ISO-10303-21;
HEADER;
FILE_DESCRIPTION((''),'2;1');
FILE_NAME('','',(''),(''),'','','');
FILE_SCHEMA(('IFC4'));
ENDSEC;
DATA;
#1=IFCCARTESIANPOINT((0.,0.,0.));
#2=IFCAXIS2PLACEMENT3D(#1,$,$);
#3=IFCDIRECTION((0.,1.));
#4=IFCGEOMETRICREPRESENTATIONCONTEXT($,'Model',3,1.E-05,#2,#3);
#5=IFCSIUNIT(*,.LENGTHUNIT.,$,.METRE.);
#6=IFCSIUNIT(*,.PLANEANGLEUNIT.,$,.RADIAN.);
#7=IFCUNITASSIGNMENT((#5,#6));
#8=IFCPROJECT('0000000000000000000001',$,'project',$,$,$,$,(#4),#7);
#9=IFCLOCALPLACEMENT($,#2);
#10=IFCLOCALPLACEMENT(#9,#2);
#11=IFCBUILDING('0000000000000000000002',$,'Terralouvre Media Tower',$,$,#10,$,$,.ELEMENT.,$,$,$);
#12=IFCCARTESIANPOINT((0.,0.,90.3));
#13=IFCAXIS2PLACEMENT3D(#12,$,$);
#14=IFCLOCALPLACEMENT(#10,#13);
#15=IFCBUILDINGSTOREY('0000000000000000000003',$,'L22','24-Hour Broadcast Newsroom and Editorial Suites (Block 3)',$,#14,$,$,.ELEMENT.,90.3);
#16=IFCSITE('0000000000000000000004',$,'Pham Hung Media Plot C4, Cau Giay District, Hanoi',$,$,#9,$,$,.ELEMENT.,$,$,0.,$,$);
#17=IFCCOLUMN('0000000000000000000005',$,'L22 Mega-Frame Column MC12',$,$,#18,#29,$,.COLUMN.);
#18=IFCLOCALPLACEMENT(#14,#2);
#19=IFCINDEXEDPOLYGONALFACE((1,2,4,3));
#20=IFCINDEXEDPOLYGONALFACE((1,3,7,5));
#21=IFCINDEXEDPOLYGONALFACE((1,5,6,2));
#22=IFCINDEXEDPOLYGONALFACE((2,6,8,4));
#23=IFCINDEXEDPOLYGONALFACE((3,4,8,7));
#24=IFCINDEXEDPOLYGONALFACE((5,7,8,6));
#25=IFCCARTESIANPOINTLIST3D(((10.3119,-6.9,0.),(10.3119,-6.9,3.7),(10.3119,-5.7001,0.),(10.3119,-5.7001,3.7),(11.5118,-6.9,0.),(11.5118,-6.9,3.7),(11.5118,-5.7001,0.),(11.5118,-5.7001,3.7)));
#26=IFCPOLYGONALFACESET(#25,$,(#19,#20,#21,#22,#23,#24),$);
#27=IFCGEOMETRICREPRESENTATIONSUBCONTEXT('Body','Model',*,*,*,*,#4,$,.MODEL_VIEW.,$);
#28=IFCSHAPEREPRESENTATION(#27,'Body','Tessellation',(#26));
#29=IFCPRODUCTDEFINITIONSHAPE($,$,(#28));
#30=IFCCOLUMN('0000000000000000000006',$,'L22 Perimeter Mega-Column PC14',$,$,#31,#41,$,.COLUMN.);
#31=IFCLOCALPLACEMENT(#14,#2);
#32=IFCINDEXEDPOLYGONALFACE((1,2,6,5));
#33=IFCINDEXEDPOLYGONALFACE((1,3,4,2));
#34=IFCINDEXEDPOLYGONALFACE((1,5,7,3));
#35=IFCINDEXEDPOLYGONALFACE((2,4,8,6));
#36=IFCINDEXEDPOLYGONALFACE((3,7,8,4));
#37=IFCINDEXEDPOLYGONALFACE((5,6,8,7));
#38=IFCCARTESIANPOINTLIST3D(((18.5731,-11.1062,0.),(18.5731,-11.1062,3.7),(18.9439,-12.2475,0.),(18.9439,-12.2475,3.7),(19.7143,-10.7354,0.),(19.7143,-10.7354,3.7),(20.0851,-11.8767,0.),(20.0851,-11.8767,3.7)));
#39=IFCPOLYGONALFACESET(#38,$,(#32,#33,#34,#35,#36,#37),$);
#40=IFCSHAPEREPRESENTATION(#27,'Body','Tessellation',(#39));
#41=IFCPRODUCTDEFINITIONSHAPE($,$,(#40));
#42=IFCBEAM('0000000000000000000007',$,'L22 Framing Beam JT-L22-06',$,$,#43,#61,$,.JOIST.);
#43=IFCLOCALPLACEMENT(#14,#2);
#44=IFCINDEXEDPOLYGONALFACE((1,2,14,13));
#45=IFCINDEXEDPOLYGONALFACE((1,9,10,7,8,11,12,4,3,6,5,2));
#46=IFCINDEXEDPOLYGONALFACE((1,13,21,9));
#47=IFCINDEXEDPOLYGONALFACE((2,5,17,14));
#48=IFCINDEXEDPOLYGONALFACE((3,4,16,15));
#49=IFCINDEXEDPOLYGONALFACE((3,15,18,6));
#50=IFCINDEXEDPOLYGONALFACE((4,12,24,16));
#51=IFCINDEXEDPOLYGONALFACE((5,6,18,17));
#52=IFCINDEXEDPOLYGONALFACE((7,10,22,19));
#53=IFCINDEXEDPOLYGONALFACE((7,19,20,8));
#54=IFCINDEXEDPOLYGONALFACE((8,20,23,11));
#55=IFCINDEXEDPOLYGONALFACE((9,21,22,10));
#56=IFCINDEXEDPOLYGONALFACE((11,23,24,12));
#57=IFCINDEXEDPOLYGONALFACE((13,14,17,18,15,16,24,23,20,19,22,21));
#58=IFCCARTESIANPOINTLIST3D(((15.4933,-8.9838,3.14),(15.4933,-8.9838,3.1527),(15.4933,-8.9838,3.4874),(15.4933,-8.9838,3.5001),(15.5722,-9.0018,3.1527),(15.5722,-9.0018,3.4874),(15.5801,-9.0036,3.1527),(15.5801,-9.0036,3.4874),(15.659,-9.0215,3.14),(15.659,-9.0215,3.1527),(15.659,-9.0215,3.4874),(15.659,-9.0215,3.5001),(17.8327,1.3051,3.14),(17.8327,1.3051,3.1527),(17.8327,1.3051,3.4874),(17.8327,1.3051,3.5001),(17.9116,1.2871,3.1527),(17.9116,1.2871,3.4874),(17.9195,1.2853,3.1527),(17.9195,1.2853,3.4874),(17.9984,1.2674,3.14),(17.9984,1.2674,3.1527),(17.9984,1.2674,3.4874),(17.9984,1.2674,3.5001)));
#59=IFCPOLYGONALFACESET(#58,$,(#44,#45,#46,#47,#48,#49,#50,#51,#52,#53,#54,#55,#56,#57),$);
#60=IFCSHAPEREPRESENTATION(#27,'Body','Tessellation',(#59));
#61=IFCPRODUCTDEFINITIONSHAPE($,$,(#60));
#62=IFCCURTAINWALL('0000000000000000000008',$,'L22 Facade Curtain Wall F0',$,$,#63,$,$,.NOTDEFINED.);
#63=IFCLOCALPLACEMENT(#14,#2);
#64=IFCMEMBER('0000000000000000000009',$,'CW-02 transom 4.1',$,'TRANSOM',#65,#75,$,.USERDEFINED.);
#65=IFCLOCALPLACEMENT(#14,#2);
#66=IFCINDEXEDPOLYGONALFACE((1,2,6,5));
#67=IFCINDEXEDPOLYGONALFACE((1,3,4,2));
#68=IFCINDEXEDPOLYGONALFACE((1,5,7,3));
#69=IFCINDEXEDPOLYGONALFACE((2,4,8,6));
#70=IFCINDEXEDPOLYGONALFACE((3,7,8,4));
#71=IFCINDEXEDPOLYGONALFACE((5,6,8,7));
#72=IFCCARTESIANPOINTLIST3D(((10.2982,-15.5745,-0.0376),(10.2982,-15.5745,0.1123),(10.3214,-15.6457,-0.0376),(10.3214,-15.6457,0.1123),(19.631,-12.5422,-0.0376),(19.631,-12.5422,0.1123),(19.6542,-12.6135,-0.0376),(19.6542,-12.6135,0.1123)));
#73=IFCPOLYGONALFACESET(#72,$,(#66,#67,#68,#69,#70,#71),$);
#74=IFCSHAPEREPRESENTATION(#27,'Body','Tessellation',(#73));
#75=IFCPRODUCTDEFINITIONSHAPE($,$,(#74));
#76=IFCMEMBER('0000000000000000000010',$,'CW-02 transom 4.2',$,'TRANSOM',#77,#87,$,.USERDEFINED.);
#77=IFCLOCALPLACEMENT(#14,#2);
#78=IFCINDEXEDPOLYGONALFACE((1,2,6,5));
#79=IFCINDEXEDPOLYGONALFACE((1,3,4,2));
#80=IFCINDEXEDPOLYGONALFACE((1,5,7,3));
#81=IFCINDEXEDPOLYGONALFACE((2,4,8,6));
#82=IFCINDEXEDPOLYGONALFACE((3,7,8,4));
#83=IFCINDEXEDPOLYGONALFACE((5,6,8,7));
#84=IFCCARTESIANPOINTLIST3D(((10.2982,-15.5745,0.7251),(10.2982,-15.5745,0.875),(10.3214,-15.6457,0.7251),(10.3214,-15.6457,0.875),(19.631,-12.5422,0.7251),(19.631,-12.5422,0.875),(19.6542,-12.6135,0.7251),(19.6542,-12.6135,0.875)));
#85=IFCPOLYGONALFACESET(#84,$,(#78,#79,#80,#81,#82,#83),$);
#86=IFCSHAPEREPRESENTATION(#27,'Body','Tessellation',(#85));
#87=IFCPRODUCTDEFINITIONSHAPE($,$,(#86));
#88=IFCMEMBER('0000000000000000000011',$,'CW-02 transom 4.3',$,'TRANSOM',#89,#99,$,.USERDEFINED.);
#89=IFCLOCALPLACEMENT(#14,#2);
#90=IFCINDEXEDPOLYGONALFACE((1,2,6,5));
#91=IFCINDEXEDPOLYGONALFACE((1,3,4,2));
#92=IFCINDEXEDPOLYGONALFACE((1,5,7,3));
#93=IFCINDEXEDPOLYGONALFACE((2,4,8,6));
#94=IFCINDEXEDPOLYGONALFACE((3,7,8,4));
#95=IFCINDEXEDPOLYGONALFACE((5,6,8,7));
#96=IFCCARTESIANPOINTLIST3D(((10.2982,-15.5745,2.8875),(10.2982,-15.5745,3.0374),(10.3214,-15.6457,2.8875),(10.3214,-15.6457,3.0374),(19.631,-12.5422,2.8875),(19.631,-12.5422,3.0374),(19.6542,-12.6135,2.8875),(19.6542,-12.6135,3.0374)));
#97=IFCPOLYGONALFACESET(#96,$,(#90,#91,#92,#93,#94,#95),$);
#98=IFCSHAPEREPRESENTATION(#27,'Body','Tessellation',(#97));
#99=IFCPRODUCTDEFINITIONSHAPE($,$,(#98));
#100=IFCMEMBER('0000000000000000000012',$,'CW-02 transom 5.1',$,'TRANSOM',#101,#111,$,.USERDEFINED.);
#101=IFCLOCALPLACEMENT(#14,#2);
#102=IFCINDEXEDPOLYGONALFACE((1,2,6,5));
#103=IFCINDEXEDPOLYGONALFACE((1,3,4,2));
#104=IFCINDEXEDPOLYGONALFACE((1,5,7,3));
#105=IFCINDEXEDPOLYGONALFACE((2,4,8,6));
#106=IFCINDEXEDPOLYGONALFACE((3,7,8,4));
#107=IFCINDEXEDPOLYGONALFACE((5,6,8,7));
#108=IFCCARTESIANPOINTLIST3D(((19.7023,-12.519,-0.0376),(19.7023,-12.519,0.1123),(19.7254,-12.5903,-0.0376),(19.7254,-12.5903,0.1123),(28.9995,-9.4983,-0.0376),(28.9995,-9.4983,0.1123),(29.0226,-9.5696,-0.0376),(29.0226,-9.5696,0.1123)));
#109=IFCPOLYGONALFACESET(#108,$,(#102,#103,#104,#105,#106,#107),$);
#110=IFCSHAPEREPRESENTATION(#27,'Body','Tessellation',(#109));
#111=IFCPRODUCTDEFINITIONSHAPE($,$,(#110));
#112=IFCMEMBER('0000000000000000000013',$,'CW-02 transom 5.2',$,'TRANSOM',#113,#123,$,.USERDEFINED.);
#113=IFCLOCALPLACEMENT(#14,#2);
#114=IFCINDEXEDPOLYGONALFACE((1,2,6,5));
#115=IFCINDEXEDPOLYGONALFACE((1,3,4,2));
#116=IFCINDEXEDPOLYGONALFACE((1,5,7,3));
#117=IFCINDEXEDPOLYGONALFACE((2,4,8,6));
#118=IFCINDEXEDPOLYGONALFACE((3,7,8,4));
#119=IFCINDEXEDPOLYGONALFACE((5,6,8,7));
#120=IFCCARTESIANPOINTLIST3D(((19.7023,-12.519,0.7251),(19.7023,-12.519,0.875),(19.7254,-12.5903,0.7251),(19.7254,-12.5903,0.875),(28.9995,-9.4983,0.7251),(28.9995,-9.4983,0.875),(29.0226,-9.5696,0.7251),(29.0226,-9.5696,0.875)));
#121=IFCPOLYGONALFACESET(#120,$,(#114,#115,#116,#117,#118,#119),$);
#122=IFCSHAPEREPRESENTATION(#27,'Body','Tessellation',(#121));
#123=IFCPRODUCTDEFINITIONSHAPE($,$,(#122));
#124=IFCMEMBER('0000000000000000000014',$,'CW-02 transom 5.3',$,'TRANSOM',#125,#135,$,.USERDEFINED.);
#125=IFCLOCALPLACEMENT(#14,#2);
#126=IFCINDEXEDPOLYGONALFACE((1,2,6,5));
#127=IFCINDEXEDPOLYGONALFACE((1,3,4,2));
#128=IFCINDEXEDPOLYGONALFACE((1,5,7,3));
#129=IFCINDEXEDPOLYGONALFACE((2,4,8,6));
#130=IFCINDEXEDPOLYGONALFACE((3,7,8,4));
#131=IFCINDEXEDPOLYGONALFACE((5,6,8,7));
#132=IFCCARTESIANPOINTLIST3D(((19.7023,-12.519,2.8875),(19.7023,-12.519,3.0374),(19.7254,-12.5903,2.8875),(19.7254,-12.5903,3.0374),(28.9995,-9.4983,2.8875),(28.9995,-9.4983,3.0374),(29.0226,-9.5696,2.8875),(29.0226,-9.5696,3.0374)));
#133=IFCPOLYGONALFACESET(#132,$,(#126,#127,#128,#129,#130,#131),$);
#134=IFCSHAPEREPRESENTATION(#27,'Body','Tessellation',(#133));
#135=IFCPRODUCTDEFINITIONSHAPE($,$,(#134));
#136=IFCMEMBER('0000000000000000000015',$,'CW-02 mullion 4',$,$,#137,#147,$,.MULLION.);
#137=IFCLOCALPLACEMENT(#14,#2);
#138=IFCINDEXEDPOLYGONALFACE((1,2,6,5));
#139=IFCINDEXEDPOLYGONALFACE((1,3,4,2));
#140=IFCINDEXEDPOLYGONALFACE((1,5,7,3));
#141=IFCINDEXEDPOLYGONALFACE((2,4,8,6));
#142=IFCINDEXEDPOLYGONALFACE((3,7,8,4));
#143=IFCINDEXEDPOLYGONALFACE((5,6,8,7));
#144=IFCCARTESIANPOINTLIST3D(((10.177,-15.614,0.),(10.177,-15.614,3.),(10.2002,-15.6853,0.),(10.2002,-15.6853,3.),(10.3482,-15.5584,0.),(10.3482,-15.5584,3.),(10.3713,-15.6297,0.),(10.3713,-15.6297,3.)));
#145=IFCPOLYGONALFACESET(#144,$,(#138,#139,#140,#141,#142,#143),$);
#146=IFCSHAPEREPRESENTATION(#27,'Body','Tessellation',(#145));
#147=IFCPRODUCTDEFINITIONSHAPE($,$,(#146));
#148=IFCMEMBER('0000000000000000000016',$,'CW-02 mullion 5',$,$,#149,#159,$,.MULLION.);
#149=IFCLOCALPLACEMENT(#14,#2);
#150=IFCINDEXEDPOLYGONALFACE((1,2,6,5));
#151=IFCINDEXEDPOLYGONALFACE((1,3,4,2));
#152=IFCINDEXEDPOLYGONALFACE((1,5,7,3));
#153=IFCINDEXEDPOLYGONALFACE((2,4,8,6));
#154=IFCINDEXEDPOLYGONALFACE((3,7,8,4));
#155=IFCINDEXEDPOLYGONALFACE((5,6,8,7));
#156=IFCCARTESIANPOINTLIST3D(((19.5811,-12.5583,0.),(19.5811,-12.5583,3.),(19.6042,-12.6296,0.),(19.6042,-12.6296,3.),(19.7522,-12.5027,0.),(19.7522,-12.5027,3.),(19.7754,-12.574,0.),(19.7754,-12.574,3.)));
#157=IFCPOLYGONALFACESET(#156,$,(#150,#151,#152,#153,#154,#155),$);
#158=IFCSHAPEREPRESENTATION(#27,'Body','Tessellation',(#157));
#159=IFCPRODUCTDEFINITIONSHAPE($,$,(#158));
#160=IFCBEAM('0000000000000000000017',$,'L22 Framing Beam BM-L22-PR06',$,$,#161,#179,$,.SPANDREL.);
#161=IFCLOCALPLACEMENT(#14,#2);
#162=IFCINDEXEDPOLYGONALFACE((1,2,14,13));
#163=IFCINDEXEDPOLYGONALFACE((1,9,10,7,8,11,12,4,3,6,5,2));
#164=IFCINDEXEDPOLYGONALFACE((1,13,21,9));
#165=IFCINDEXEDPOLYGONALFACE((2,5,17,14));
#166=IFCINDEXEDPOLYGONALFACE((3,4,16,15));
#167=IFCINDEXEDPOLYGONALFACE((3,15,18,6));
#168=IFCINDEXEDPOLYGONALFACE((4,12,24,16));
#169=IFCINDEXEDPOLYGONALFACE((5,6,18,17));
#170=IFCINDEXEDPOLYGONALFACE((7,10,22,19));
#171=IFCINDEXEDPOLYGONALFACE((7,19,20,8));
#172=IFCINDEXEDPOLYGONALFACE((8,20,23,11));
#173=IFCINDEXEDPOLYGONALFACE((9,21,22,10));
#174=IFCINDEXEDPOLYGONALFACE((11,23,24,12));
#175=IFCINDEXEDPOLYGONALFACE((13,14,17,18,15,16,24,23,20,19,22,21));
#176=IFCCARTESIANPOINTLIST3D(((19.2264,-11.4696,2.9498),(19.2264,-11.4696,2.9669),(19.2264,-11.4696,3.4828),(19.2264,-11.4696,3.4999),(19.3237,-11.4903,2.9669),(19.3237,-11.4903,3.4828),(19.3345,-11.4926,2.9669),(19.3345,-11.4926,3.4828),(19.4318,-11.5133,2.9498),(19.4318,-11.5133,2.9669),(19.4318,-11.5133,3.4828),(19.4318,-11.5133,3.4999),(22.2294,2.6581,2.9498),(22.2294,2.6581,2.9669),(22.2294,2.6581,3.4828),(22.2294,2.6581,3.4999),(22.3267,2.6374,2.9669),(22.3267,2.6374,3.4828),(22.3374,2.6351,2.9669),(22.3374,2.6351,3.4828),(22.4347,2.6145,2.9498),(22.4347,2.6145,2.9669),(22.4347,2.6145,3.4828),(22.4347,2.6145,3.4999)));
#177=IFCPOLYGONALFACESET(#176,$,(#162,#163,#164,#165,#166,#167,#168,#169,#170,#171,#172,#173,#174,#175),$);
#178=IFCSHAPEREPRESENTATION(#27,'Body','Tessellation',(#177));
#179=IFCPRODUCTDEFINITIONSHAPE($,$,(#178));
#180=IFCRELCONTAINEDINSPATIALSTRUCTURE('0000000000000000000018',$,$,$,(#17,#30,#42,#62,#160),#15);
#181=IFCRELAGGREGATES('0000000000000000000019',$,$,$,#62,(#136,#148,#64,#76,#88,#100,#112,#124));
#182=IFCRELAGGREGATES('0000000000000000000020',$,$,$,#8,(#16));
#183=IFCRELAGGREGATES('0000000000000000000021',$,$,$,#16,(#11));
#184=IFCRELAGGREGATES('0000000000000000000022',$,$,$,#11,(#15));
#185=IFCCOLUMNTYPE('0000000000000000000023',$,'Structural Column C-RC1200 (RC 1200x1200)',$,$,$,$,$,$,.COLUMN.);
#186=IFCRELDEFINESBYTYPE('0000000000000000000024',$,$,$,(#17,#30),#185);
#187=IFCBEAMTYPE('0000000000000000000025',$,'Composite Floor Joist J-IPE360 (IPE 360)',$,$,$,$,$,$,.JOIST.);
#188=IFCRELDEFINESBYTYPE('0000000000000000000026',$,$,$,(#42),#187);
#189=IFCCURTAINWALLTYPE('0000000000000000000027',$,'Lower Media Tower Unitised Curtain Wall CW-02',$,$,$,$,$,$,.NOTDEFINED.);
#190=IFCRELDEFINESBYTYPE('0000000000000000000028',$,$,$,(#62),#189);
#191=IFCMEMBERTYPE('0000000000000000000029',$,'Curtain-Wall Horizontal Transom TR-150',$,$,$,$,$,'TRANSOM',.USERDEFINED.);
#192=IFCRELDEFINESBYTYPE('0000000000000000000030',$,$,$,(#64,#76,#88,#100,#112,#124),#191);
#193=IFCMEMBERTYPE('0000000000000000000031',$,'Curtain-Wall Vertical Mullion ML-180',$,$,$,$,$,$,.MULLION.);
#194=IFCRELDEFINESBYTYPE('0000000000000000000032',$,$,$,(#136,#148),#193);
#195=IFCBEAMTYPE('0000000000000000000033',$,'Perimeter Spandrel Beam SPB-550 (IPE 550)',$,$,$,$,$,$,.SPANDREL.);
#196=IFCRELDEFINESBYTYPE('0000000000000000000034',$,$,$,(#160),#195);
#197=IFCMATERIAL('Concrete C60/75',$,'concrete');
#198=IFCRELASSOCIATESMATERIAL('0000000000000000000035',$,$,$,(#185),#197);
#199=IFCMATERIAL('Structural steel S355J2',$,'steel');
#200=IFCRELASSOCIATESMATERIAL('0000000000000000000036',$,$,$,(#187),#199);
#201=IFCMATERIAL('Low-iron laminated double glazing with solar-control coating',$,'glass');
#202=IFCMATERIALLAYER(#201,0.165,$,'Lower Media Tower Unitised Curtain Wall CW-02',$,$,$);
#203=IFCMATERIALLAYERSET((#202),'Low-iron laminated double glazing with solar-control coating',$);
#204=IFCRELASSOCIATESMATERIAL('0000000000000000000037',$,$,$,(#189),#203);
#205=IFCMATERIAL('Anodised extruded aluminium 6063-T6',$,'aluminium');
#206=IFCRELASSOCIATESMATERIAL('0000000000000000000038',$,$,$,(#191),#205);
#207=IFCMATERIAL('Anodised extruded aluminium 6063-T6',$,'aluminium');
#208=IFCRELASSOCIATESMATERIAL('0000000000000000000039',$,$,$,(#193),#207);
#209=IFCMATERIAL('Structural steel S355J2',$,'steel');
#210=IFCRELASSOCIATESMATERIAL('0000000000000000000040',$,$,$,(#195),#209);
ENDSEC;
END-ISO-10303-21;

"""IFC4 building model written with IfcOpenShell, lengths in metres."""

from ifc_helpers import new_model, si_unit, direction, frame, origin, origin_2d, place, context, subcontext, project, spatial, rectangle, i_section, extrude, material, layer, layer_set, material_profile, profile_set, type_object, element, aggregate, save


model = new_model("IFC4")

# Units and contexts
model_context = context("Model", 3, precision=1e-05, world=origin(), true_north=direction((0.0, 1.0)))
body_context = subcontext(model_context, "Body", "Model", "MODEL_VIEW")
ifc_project = project(units=[si_unit("LENGTHUNIT", "METRE"), si_unit("PLANEANGLEUNIT", "RADIAN")], contexts=[model_context])

# Site, building, storey
site_placement = place(None, origin())
site = spatial("IfcSite", under=ifc_project, at=site_placement, Name="Pham Hung Media Plot C4, Cau Giay District, Hanoi", CompositionType="ELEMENT", RefElevation=0.0)
building_placement = place(site_placement, origin())
building = spatial("IfcBuilding", under=site, at=building_placement, Name="Terralouvre Media Tower", CompositionType="ELEMENT")
storey_placement = place(building_placement, frame((0.0, 0.0, 90.3)))
storey = spatial("IfcBuildingStorey", under=building, at=storey_placement, Name="L22", Description="24-Hour Broadcast Newsroom and Editorial Suites (Block 3)", CompositionType="ELEMENT", Elevation=90.3)

# Columns
ifc_material_1 = material(Name="Concrete C60/75", Category="concrete")
ifc_material_profile_1 = material_profile(ifc_material_1, rectangle(XDim=1.2, YDim=1.2, at=origin_2d()), Name="RC 1200x1200")
ifc_profile_set_1 = profile_set([ifc_material_profile_1], Name="Concrete C60/75")
column_type = type_object("IfcColumnType", Name="Structural Column C-RC1200 (RC 1200x1200)", PredefinedType="COLUMN", material=ifc_profile_set_1)
for number, where, z_axis, x_axis, name in (
    (1, (10.9119, -6.3, 0.0), (0.0, 0.0, 1.0), (1.0, 0.0, 0.0), "L22 Mega-Frame Column MC12"),
    (2, (19.3291, -11.4915, 0.0), (0.0, 0.0, 1.0), (0.951057, 0.309017, 0.0), "L22 Perimeter Mega-Column PC14"),
):
    element("IfcColumn", number, at=place(storey_placement, frame(where, z_axis=z_axis, x_axis=x_axis)), inside=storey, type_object=column_type, Name=name, PredefinedType="COLUMN", context=body_context, shape_type="SweptSolid", body=[
        extrude(rectangle(XDim=1.2, YDim=1.2, at=origin_2d()), origin(), (0.0, 0.0, 1.0), 3.7),
    ])

# Beam
ifc_material_2 = material(Name="Structural steel S355J2", Category="steel")
ifc_material_profile_2 = material_profile(ifc_material_2, i_section(OverallWidth=0.1699, OverallDepth=0.3601, WebThickness=0.0081, FlangeThickness=0.0127, at=origin_2d()), Name="IPE 360")
ifc_profile_set_2 = profile_set([ifc_material_profile_2], Name="Structural steel S355J2")
beam_type_1 = type_object("IfcBeamType", Name="Composite Floor Joist J-IPE360 (IPE 360)", PredefinedType="JOIST", material=ifc_profile_set_2)
beam_1_placement = place(storey_placement, frame((15.5762, -9.0027, 3.3201), z_axis=(0.22171, 0.975113, 0.0), x_axis=(-0.975113, 0.22171, 0.0)))
element("IfcBeam", 3, at=beam_1_placement, inside=storey, type_object=beam_type_1, Name="L22 Framing Beam JT-L22-06", PredefinedType="JOIST", context=body_context, shape_type="SweptSolid", body=[
    extrude(i_section(OverallWidth=0.1699, OverallDepth=0.3601, WebThickness=0.0081, FlangeThickness=0.0127, at=origin_2d()), origin(), (0.0, 0.0, 1.0), 10.5515),
])

# Curtain wall, members
ifc_material_3 = material(Name="Low-iron laminated double glazing with solar-control coating", Category="glass")
ifc_layer_1 = layer(ifc_material_3, 0.165, Name="Lower Media Tower Unitised Curtain Wall CW-02")
ifc_layer_set_1 = layer_set([ifc_layer_1], Name="Low-iron laminated double glazing with solar-control coating")
curtain_wall_type = type_object("IfcCurtainWallType", Name="Lower Media Tower Unitised Curtain Wall CW-02", PredefinedType="NOTDEFINED", material=ifc_layer_set_1)
curtain_wall_placement = place(storey_placement, origin())
curtain_wall = element("IfcCurtainWall", 4, at=curtain_wall_placement, inside=storey, type_object=curtain_wall_type, Name="L22 Facade Curtain Wall F0", PredefinedType="NOTDEFINED")
ifc_material_4 = material(Name="Anodised extruded aluminium 6063-T6", Category="aluminium")
ifc_material_profile_3 = material_profile(ifc_material_4, rectangle(XDim=0.075, YDim=0.1499, at=origin_2d()), Name="ALU 75x150")
ifc_profile_set_3 = profile_set([ifc_material_profile_3], Name="Anodised extruded aluminium 6063-T6")
member_type_1 = type_object("IfcMemberType", Name="Curtain-Wall Horizontal Transom TR-150", ElementType="TRANSOM", PredefinedType="USERDEFINED", material=ifc_profile_set_3)
member_1_placement = place(storey_placement, frame((10.3098, -15.6101, 0.0374), z_axis=(0.951062, 0.309001, 0.0), x_axis=(-0.309001, 0.951062, 0.0)))
member_1 = element("IfcMember", 5, at=member_1_placement, type_object=member_type_1, Name="CW-02 transom 4.1", ObjectType="TRANSOM", PredefinedType="USERDEFINED", context=body_context, shape_type="SweptSolid", body=[
    extrude(rectangle(XDim=0.075, YDim=0.1499, at=origin_2d()), origin(), (0.0, 0.0, 1.0), 9.813),
])
member_2_placement = place(storey_placement, frame((10.3098, -15.6101, 0.8), z_axis=(0.951062, 0.309001, 0.0), x_axis=(-0.309001, 0.951062, 0.0)))
member_2 = element("IfcMember", 6, at=member_2_placement, type_object=member_type_1, Name="CW-02 transom 4.2", ObjectType="TRANSOM", PredefinedType="USERDEFINED", context=body_context, shape_type="SweptSolid", body=[
    extrude(rectangle(XDim=0.075, YDim=0.1499, at=origin_2d()), origin(), (0.0, 0.0, 1.0), 9.813),
])
member_3_placement = place(storey_placement, frame((10.3098, -15.6101, 2.9624), z_axis=(0.951062, 0.309001, 0.0), x_axis=(-0.309001, 0.951062, 0.0)))
member_3 = element("IfcMember", 7, at=member_3_placement, type_object=member_type_1, Name="CW-02 transom 4.3", ObjectType="TRANSOM", PredefinedType="USERDEFINED", context=body_context, shape_type="SweptSolid", body=[
    extrude(rectangle(XDim=0.075, YDim=0.1499, at=origin_2d()), origin(), (0.0, 0.0, 1.0), 9.813),
])
member_4_placement = place(storey_placement, frame((19.7139, -12.5547, 0.0374), z_axis=(0.951058, 0.309011, 0.0), x_axis=(-0.309011, 0.951058, 0.0)))
member_4 = element("IfcMember", 8, at=member_4_placement, type_object=member_type_1, Name="CW-02 transom 5.1", ObjectType="TRANSOM", PredefinedType="USERDEFINED", context=body_context, shape_type="SweptSolid", body=[
    extrude(rectangle(XDim=0.075, YDim=0.1499, at=origin_2d()), origin(), (0.0, 0.0, 1.0), 9.7756),
])
member_5_placement = place(storey_placement, frame((19.7139, -12.5547, 0.8), z_axis=(0.951058, 0.309011, 0.0), x_axis=(-0.309011, 0.951058, 0.0)))
member_5 = element("IfcMember", 9, at=member_5_placement, type_object=member_type_1, Name="CW-02 transom 5.2", ObjectType="TRANSOM", PredefinedType="USERDEFINED", context=body_context, shape_type="SweptSolid", body=[
    extrude(rectangle(XDim=0.075, YDim=0.1499, at=origin_2d()), origin(), (0.0, 0.0, 1.0), 9.7756),
])
member_6_placement = place(storey_placement, frame((19.7139, -12.5547, 2.9624), z_axis=(0.951058, 0.309011, 0.0), x_axis=(-0.309011, 0.951058, 0.0)))
member_6 = element("IfcMember", 10, at=member_6_placement, type_object=member_type_1, Name="CW-02 transom 5.3", ObjectType="TRANSOM", PredefinedType="USERDEFINED", context=body_context, shape_type="SweptSolid", body=[
    extrude(rectangle(XDim=0.075, YDim=0.1499, at=origin_2d()), origin(), (0.0, 0.0, 1.0), 9.7756),
])
ifc_material_5 = material(Name="Anodised extruded aluminium 6063-T6", Category="aluminium")
ifc_material_profile_4 = material_profile(ifc_material_5, rectangle(XDim=0.075, YDim=0.1799, at=origin_2d()), Name="ALU 75x180")
ifc_profile_set_4 = profile_set([ifc_material_profile_4], Name="Anodised extruded aluminium 6063-T6")
member_type_2 = type_object("IfcMemberType", Name="Curtain-Wall Vertical Mullion ML-180", PredefinedType="MULLION", material=ifc_profile_set_4)
member_7_placement = place(storey_placement, frame((10.2742, -15.6218, 0.0), z_axis=(0.0, 0.0, 1.0), x_axis=(-0.309017, 0.951057, 0.0)))
member_7 = element("IfcMember", 11, at=member_7_placement, type_object=member_type_2, Name="CW-02 mullion 4", PredefinedType="MULLION", context=body_context, shape_type="SweptSolid", body=[
    extrude(rectangle(XDim=0.075, YDim=0.1799, at=origin_2d()), origin(), (0.0, 0.0, 1.0), 3.0),
])
member_8_placement = place(storey_placement, frame((19.6782, -12.5662, 0.0), z_axis=(0.0, 0.0, 1.0), x_axis=(-0.309017, 0.951057, 0.0)))
member_8 = element("IfcMember", 12, at=member_8_placement, type_object=member_type_2, Name="CW-02 mullion 5", PredefinedType="MULLION", context=body_context, shape_type="SweptSolid", body=[
    extrude(rectangle(XDim=0.075, YDim=0.1799, at=origin_2d()), origin(), (0.0, 0.0, 1.0), 3.0),
])

# Beam
ifc_material_6 = material(Name="Structural steel S355J2", Category="steel")
ifc_material_profile_5 = material_profile(ifc_material_6, i_section(OverallWidth=0.21, OverallDepth=0.55, WebThickness=0.011, FlangeThickness=0.0171, at=origin_2d()), Name="IPE 550")
ifc_profile_set_5 = profile_set([ifc_material_profile_5], Name="Structural steel S355J2")
beam_type_2 = type_object("IfcBeamType", Name="Perimeter Spandrel Beam SPB-550 (IPE 550)", PredefinedType="SPANDREL", material=ifc_profile_set_5)
beam_2_placement = place(storey_placement, frame((19.3291, -11.4915, 3.2249), z_axis=(0.207912, 0.978148, 0.0), x_axis=(-0.978148, 0.207912, 0.0)))
element("IfcBeam", 13, at=beam_2_placement, inside=storey, type_object=beam_type_2, Name="L22 Framing Beam BM-L22-PR06", PredefinedType="SPANDREL", context=body_context, shape_type="SweptSolid", body=[
    extrude(i_section(OverallWidth=0.21, OverallDepth=0.55, WebThickness=0.011, FlangeThickness=0.0171, at=origin_2d()), origin(), (0.0, 0.0, 1.0), 14.4434),
])

aggregate(curtain_wall, [member_7, member_8, member_1, member_2, member_3, member_4, member_5, member_6])

save(model, "model.ifc")
